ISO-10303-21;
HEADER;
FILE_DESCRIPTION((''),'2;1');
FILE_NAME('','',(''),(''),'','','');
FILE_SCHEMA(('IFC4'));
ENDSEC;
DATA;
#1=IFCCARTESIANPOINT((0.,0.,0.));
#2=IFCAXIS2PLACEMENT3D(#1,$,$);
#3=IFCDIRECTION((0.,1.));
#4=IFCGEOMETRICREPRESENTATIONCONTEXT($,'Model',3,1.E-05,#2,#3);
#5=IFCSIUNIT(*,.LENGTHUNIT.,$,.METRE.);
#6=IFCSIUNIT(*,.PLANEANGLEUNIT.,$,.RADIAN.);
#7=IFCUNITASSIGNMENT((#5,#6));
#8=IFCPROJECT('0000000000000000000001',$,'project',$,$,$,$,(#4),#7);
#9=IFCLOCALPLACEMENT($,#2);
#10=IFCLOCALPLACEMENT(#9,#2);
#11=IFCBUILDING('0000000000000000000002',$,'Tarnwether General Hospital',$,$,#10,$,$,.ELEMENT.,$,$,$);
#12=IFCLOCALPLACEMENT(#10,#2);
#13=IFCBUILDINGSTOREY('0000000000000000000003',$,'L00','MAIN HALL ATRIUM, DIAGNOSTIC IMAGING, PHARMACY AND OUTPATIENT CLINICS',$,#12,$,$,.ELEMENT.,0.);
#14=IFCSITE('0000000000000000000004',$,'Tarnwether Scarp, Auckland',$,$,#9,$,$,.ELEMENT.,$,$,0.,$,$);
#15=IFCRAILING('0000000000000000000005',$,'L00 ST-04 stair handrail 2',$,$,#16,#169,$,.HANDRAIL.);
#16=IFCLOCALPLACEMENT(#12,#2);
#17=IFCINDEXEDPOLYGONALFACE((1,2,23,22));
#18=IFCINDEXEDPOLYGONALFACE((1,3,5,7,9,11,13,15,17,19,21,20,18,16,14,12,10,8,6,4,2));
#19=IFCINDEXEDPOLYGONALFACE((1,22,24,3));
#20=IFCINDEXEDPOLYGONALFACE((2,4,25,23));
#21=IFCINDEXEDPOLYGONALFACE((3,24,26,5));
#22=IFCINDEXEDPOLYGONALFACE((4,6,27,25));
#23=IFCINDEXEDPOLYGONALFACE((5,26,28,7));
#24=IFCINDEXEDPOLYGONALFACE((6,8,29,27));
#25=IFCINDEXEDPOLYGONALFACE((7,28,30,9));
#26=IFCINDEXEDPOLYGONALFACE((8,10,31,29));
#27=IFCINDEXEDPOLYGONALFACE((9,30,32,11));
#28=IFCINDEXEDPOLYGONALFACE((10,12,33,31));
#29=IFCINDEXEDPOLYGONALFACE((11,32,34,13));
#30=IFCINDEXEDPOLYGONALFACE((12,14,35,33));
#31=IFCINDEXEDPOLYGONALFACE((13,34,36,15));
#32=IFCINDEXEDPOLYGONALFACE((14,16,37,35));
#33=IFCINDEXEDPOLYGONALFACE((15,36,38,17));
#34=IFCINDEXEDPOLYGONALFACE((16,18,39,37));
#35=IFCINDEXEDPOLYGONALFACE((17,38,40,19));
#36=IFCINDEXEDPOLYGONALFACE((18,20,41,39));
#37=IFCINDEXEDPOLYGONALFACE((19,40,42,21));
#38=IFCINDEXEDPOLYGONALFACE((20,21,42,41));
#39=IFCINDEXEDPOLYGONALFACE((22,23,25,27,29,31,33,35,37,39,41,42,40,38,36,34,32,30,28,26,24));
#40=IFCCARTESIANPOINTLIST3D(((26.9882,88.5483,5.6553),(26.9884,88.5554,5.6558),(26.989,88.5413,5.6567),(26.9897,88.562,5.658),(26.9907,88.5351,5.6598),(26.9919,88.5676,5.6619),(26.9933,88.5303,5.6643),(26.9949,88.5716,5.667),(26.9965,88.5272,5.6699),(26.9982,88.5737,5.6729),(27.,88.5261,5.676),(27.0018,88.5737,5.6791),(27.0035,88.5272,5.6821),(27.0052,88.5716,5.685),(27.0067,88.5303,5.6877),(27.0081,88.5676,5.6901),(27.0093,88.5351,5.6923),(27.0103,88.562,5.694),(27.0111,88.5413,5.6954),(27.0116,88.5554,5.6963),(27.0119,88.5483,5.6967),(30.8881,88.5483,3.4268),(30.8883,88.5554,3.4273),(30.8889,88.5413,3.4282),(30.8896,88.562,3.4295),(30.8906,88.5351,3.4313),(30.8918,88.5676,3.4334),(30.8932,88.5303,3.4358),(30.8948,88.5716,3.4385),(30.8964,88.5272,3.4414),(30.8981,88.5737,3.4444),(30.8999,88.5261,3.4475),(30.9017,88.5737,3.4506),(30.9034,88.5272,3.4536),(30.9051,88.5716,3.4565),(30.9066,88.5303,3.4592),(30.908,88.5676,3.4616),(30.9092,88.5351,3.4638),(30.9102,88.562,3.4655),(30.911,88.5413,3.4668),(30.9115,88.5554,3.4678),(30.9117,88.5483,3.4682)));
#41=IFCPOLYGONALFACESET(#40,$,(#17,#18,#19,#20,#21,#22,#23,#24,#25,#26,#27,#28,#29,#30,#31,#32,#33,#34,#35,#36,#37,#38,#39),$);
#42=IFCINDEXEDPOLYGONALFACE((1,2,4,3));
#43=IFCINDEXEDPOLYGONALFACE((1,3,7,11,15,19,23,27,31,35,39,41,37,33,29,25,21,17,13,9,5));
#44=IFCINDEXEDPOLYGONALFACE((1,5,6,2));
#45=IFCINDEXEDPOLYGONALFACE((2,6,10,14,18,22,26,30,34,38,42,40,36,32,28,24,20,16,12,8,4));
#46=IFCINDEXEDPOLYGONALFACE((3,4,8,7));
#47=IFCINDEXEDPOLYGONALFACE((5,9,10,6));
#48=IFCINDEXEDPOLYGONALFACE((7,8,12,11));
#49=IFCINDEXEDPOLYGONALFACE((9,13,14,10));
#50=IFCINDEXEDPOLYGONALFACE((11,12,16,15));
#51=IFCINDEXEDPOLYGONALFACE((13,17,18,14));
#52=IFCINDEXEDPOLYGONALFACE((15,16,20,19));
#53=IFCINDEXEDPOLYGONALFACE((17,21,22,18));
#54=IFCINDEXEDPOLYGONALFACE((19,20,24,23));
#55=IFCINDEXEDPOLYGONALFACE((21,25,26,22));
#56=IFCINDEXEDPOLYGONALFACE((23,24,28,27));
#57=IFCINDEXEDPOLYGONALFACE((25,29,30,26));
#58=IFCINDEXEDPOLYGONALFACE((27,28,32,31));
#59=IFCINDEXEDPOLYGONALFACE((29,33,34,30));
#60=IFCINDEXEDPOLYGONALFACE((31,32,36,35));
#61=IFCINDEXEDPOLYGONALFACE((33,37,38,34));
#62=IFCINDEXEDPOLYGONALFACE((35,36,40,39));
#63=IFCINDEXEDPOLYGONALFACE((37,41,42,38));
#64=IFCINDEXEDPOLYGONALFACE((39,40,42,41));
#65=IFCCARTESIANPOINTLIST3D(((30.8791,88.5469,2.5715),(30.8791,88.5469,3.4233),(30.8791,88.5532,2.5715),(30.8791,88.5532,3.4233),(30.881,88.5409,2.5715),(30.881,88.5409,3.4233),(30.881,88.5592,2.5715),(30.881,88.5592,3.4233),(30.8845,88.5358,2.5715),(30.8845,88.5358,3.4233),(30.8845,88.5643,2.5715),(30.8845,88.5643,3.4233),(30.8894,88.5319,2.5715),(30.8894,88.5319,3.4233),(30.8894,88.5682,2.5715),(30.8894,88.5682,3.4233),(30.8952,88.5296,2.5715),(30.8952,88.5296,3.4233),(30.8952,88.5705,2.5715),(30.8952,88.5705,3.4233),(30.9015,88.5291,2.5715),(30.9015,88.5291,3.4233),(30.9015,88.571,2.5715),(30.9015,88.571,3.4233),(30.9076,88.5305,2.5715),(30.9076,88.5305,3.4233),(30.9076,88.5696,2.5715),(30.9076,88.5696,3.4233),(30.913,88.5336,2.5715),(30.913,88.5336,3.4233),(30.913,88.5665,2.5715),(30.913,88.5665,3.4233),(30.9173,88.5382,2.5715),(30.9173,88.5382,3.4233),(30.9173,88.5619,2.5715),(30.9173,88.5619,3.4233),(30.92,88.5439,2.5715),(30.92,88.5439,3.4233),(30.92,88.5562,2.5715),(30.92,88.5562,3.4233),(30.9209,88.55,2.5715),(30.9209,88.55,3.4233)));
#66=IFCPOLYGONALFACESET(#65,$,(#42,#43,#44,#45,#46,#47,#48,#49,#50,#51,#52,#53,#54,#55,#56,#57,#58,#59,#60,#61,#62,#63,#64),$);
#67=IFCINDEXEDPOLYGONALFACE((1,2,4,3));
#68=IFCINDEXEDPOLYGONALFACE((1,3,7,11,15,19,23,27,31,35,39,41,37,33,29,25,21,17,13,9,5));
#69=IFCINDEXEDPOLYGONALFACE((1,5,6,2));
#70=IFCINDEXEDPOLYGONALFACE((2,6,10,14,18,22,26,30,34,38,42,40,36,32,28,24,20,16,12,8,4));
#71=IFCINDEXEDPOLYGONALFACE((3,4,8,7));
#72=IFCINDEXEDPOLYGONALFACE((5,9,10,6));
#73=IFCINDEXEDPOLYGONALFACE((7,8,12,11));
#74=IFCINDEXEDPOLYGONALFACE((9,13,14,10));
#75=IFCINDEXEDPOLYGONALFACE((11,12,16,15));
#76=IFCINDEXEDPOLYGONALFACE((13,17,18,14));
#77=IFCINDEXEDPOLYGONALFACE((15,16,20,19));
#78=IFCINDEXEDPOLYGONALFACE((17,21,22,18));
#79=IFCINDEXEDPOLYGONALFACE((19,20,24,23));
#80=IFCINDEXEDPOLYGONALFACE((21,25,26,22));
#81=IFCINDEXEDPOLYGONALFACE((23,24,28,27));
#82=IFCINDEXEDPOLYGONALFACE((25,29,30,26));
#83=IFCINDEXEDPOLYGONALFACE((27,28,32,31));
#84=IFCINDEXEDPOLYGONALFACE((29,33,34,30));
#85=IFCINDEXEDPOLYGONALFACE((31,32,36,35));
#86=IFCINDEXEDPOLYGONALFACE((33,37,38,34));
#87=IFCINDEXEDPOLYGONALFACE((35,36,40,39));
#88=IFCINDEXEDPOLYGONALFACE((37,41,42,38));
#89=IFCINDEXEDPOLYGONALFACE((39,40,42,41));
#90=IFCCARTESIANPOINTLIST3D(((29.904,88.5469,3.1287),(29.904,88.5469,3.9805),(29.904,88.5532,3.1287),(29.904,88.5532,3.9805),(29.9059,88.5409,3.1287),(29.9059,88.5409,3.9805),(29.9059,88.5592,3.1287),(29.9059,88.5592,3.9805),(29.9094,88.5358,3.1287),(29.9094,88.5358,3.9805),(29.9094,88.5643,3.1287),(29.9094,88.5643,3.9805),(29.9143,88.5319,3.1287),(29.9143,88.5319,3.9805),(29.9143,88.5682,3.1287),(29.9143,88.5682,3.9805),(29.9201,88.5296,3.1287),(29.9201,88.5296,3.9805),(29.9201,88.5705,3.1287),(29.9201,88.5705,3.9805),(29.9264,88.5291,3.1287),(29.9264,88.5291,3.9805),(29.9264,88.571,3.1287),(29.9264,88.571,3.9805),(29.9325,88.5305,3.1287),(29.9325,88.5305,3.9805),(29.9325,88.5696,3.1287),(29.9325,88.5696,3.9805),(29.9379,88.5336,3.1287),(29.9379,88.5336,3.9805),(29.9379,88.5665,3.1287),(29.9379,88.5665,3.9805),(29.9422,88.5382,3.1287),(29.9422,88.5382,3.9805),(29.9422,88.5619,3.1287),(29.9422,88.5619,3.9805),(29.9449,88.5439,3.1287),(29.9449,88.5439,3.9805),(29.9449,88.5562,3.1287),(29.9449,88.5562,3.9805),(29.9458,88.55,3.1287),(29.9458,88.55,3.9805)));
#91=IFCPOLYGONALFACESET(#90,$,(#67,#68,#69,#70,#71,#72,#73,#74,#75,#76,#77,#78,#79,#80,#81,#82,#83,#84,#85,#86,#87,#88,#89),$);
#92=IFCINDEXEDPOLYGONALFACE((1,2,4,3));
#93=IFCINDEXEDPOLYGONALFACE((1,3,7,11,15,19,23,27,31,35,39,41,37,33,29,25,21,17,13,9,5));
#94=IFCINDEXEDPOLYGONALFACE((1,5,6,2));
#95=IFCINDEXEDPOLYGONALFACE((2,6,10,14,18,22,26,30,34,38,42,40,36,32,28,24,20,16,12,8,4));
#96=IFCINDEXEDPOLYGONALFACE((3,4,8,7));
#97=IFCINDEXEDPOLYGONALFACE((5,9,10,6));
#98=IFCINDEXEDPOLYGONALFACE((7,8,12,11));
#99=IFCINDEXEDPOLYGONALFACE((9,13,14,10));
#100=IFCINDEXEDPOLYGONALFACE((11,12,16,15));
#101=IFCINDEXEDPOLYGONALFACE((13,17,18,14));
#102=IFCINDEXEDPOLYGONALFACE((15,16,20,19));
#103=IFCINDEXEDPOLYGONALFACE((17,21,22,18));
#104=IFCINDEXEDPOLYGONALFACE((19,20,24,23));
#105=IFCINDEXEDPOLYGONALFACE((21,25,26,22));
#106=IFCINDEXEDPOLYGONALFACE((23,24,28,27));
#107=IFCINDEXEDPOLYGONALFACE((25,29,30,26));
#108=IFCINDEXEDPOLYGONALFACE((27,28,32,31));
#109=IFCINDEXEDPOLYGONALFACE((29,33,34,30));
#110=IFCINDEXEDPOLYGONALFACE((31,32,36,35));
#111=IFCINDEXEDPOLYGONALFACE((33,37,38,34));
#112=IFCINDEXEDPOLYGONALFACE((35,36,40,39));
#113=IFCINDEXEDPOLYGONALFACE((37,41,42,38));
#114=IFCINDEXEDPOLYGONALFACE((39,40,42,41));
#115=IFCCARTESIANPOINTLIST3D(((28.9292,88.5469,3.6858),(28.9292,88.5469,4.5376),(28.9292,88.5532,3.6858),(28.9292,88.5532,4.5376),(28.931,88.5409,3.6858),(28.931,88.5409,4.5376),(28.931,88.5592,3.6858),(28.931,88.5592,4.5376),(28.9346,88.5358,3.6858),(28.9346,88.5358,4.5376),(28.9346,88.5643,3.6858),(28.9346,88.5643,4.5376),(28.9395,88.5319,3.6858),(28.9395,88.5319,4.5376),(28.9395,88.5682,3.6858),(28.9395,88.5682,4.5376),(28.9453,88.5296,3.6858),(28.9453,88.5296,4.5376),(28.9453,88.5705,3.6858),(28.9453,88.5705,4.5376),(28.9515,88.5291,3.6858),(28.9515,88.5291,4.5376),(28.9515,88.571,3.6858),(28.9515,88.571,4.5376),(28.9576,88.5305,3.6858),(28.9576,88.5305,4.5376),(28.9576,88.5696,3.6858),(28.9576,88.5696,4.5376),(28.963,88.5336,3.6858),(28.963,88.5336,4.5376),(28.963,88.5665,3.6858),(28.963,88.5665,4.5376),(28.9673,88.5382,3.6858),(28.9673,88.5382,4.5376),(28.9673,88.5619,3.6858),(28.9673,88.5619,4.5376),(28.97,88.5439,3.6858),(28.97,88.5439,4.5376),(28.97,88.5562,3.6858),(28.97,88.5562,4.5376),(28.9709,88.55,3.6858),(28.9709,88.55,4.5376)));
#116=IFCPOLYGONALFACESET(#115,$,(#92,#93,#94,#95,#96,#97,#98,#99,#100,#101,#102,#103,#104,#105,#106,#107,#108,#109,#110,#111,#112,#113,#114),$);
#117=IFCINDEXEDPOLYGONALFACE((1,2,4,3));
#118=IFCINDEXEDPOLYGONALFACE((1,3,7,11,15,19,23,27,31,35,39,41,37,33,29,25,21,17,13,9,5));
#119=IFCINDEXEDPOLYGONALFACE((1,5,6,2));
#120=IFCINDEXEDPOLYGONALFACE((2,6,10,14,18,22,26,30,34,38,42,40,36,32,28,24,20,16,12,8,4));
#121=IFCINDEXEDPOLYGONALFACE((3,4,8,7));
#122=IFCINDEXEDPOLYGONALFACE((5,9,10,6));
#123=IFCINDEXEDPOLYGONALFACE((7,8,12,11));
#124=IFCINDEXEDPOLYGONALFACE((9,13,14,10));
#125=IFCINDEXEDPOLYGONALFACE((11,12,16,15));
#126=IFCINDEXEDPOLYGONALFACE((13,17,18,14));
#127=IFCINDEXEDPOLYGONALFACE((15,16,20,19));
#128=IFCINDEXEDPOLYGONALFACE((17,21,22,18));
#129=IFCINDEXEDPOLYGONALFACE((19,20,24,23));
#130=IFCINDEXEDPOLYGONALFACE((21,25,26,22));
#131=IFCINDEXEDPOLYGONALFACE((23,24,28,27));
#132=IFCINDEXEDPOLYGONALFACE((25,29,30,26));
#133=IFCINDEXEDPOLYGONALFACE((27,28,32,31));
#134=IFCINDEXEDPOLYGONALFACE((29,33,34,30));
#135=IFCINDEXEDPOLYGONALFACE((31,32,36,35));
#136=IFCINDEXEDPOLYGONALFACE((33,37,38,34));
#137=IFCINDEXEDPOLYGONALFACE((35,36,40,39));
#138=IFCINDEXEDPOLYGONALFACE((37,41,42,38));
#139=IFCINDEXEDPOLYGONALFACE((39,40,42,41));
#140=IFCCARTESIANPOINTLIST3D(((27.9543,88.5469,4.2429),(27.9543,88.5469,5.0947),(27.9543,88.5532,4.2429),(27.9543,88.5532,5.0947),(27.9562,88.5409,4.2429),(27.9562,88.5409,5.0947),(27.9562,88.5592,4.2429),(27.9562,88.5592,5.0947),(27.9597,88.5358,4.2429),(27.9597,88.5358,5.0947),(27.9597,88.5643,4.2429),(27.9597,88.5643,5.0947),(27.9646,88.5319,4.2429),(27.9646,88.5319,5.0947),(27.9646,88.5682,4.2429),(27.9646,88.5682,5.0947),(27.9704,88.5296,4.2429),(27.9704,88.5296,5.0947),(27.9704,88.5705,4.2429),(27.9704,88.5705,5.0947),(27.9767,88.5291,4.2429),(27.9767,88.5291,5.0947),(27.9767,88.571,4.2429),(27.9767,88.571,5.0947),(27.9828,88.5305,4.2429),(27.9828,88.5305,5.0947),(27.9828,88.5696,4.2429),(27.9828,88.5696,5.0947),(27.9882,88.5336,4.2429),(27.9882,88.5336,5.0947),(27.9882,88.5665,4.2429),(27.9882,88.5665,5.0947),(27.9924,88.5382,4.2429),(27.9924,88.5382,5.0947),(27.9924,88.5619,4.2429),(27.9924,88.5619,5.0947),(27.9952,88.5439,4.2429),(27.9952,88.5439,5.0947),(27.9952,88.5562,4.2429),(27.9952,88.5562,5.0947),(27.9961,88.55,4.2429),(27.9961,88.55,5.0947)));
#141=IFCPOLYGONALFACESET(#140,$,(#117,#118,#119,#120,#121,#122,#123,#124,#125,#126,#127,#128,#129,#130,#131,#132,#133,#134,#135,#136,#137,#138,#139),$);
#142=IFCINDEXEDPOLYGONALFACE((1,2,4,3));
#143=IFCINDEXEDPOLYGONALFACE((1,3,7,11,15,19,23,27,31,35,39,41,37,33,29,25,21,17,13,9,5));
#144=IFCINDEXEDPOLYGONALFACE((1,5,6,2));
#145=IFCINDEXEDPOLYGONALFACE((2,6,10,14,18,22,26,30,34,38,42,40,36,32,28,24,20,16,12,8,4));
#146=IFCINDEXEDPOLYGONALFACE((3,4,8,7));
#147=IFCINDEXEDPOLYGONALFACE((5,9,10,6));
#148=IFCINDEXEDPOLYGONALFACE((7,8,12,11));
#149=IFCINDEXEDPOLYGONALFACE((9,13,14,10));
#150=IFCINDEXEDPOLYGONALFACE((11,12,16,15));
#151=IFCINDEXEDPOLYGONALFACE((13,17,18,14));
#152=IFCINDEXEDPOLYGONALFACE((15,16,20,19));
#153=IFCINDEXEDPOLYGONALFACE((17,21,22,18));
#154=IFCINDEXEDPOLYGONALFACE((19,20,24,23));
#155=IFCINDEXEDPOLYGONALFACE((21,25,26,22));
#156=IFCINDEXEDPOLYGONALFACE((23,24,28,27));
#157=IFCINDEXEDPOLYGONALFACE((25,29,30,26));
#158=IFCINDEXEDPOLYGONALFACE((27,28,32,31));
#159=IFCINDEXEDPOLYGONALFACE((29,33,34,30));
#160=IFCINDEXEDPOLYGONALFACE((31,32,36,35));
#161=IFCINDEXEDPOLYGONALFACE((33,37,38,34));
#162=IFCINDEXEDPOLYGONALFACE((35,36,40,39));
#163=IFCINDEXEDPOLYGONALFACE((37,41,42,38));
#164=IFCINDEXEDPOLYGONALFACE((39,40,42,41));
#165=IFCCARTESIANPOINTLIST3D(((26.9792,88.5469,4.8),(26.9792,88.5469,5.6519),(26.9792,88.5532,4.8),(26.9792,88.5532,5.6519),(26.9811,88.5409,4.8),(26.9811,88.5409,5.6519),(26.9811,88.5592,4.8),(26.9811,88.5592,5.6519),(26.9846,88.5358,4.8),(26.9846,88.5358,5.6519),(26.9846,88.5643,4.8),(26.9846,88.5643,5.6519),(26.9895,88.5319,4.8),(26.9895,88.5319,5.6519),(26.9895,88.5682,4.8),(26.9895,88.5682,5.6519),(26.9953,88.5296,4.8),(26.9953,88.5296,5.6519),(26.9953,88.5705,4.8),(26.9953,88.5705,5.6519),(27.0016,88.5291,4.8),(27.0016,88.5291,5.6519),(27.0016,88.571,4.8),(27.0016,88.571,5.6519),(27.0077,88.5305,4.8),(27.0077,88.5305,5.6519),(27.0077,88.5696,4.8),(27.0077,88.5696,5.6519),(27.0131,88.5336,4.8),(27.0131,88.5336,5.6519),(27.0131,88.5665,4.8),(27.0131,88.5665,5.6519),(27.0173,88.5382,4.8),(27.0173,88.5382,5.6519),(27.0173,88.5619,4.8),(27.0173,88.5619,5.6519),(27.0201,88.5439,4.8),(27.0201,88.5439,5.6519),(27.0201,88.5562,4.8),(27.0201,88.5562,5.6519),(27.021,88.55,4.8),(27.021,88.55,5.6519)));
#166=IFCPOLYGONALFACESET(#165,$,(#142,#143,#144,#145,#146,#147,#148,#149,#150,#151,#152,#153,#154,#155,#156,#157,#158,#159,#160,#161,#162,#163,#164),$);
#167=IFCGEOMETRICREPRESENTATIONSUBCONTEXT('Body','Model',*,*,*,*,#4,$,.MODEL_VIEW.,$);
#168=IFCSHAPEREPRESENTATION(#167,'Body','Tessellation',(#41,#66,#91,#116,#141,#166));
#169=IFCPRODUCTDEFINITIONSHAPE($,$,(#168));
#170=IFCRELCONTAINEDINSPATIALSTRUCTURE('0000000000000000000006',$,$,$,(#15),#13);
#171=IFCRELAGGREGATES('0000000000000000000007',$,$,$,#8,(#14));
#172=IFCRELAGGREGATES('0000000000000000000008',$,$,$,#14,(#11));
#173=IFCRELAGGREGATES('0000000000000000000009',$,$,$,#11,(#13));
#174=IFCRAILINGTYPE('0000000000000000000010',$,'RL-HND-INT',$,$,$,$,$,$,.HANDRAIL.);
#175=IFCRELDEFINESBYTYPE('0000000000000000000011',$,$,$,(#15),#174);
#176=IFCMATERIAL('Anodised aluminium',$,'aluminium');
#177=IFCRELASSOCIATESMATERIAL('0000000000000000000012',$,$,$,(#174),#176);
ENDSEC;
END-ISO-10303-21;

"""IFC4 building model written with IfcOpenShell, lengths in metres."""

from ifc_helpers import new_model, si_unit, direction, frame, origin, origin_2d, place, context, subcontext, project, spatial, circle, extrude, material, type_object, element, save


model = new_model("IFC4")

# Units and contexts
model_context = context("Model", 3, precision=1e-05, world=origin(), true_north=direction((0.0, 1.0)))
body_context = subcontext(model_context, "Body", "Model", "MODEL_VIEW")
ifc_project = project(units=[si_unit("LENGTHUNIT", "METRE"), si_unit("PLANEANGLEUNIT", "RADIAN")], contexts=[model_context])

# Site, building, storey
site_placement = place(None, origin())
site = spatial("IfcSite", under=ifc_project, at=site_placement, Name="Tarnwether Scarp, Auckland", CompositionType="ELEMENT", RefElevation=0.0)
building_placement = place(site_placement, origin())
building = spatial("IfcBuilding", under=site, at=building_placement, Name="Tarnwether General Hospital", CompositionType="ELEMENT")
storey_placement = place(building_placement, origin())
storey = spatial("IfcBuildingStorey", under=building, at=storey_placement, Name="L00", Description="MAIN HALL ATRIUM, DIAGNOSTIC IMAGING, PHARMACY AND OUTPATIENT CLINICS", CompositionType="ELEMENT", Elevation=0.0)

# Railing
ifc_material_1 = material(Name="Anodised aluminium", Category="aluminium")
railing_type_1 = type_object("IfcRailingType", Name="RL-HND-INT", PredefinedType="HANDRAIL", material=ifc_material_1)
railing_1_placement = place(storey_placement, frame((30.8999, 88.55, 2.5715)))
element("IfcRailing", 1, at=railing_1_placement, inside=storey, type_object=railing_type_1, Name="L00 ST-04 stair handrail 2", PredefinedType="HANDRAIL", context=body_context, shape_type="SweptSolid", body=[
    extrude(circle(Radius=0.0239, at=origin_2d()), frame((0.0, 0.0, 0.876), z_axis=(-0.868243, 0.0, 0.496139), x_axis=(0.0, -1.0, 0.0)), (0.0, 0.0, 1.0), 4.4917),
    extrude(circle(Radius=0.021, at=origin_2d()), origin(), (0.0, 0.0, 1.0), 0.8518),
    extrude(circle(Radius=0.021, at=origin_2d()), frame((-0.9751, 0.0, 0.5571)), (0.0, 0.0, 1.0), 0.8518),
    extrude(circle(Radius=0.021, at=origin_2d()), frame((-1.95, 0.0, 1.1143)), (0.0, 0.0, 1.0), 0.8518),
    extrude(circle(Radius=0.021, at=origin_2d()), frame((-2.9248, 0.0, 1.6714)), (0.0, 0.0, 1.0), 0.8518),
    extrude(circle(Radius=0.021, at=origin_2d()), frame((-3.8999, 0.0, 2.2285)), (0.0, 0.0, 1.0), 0.8518),
])

save(model, "model.ifc")
